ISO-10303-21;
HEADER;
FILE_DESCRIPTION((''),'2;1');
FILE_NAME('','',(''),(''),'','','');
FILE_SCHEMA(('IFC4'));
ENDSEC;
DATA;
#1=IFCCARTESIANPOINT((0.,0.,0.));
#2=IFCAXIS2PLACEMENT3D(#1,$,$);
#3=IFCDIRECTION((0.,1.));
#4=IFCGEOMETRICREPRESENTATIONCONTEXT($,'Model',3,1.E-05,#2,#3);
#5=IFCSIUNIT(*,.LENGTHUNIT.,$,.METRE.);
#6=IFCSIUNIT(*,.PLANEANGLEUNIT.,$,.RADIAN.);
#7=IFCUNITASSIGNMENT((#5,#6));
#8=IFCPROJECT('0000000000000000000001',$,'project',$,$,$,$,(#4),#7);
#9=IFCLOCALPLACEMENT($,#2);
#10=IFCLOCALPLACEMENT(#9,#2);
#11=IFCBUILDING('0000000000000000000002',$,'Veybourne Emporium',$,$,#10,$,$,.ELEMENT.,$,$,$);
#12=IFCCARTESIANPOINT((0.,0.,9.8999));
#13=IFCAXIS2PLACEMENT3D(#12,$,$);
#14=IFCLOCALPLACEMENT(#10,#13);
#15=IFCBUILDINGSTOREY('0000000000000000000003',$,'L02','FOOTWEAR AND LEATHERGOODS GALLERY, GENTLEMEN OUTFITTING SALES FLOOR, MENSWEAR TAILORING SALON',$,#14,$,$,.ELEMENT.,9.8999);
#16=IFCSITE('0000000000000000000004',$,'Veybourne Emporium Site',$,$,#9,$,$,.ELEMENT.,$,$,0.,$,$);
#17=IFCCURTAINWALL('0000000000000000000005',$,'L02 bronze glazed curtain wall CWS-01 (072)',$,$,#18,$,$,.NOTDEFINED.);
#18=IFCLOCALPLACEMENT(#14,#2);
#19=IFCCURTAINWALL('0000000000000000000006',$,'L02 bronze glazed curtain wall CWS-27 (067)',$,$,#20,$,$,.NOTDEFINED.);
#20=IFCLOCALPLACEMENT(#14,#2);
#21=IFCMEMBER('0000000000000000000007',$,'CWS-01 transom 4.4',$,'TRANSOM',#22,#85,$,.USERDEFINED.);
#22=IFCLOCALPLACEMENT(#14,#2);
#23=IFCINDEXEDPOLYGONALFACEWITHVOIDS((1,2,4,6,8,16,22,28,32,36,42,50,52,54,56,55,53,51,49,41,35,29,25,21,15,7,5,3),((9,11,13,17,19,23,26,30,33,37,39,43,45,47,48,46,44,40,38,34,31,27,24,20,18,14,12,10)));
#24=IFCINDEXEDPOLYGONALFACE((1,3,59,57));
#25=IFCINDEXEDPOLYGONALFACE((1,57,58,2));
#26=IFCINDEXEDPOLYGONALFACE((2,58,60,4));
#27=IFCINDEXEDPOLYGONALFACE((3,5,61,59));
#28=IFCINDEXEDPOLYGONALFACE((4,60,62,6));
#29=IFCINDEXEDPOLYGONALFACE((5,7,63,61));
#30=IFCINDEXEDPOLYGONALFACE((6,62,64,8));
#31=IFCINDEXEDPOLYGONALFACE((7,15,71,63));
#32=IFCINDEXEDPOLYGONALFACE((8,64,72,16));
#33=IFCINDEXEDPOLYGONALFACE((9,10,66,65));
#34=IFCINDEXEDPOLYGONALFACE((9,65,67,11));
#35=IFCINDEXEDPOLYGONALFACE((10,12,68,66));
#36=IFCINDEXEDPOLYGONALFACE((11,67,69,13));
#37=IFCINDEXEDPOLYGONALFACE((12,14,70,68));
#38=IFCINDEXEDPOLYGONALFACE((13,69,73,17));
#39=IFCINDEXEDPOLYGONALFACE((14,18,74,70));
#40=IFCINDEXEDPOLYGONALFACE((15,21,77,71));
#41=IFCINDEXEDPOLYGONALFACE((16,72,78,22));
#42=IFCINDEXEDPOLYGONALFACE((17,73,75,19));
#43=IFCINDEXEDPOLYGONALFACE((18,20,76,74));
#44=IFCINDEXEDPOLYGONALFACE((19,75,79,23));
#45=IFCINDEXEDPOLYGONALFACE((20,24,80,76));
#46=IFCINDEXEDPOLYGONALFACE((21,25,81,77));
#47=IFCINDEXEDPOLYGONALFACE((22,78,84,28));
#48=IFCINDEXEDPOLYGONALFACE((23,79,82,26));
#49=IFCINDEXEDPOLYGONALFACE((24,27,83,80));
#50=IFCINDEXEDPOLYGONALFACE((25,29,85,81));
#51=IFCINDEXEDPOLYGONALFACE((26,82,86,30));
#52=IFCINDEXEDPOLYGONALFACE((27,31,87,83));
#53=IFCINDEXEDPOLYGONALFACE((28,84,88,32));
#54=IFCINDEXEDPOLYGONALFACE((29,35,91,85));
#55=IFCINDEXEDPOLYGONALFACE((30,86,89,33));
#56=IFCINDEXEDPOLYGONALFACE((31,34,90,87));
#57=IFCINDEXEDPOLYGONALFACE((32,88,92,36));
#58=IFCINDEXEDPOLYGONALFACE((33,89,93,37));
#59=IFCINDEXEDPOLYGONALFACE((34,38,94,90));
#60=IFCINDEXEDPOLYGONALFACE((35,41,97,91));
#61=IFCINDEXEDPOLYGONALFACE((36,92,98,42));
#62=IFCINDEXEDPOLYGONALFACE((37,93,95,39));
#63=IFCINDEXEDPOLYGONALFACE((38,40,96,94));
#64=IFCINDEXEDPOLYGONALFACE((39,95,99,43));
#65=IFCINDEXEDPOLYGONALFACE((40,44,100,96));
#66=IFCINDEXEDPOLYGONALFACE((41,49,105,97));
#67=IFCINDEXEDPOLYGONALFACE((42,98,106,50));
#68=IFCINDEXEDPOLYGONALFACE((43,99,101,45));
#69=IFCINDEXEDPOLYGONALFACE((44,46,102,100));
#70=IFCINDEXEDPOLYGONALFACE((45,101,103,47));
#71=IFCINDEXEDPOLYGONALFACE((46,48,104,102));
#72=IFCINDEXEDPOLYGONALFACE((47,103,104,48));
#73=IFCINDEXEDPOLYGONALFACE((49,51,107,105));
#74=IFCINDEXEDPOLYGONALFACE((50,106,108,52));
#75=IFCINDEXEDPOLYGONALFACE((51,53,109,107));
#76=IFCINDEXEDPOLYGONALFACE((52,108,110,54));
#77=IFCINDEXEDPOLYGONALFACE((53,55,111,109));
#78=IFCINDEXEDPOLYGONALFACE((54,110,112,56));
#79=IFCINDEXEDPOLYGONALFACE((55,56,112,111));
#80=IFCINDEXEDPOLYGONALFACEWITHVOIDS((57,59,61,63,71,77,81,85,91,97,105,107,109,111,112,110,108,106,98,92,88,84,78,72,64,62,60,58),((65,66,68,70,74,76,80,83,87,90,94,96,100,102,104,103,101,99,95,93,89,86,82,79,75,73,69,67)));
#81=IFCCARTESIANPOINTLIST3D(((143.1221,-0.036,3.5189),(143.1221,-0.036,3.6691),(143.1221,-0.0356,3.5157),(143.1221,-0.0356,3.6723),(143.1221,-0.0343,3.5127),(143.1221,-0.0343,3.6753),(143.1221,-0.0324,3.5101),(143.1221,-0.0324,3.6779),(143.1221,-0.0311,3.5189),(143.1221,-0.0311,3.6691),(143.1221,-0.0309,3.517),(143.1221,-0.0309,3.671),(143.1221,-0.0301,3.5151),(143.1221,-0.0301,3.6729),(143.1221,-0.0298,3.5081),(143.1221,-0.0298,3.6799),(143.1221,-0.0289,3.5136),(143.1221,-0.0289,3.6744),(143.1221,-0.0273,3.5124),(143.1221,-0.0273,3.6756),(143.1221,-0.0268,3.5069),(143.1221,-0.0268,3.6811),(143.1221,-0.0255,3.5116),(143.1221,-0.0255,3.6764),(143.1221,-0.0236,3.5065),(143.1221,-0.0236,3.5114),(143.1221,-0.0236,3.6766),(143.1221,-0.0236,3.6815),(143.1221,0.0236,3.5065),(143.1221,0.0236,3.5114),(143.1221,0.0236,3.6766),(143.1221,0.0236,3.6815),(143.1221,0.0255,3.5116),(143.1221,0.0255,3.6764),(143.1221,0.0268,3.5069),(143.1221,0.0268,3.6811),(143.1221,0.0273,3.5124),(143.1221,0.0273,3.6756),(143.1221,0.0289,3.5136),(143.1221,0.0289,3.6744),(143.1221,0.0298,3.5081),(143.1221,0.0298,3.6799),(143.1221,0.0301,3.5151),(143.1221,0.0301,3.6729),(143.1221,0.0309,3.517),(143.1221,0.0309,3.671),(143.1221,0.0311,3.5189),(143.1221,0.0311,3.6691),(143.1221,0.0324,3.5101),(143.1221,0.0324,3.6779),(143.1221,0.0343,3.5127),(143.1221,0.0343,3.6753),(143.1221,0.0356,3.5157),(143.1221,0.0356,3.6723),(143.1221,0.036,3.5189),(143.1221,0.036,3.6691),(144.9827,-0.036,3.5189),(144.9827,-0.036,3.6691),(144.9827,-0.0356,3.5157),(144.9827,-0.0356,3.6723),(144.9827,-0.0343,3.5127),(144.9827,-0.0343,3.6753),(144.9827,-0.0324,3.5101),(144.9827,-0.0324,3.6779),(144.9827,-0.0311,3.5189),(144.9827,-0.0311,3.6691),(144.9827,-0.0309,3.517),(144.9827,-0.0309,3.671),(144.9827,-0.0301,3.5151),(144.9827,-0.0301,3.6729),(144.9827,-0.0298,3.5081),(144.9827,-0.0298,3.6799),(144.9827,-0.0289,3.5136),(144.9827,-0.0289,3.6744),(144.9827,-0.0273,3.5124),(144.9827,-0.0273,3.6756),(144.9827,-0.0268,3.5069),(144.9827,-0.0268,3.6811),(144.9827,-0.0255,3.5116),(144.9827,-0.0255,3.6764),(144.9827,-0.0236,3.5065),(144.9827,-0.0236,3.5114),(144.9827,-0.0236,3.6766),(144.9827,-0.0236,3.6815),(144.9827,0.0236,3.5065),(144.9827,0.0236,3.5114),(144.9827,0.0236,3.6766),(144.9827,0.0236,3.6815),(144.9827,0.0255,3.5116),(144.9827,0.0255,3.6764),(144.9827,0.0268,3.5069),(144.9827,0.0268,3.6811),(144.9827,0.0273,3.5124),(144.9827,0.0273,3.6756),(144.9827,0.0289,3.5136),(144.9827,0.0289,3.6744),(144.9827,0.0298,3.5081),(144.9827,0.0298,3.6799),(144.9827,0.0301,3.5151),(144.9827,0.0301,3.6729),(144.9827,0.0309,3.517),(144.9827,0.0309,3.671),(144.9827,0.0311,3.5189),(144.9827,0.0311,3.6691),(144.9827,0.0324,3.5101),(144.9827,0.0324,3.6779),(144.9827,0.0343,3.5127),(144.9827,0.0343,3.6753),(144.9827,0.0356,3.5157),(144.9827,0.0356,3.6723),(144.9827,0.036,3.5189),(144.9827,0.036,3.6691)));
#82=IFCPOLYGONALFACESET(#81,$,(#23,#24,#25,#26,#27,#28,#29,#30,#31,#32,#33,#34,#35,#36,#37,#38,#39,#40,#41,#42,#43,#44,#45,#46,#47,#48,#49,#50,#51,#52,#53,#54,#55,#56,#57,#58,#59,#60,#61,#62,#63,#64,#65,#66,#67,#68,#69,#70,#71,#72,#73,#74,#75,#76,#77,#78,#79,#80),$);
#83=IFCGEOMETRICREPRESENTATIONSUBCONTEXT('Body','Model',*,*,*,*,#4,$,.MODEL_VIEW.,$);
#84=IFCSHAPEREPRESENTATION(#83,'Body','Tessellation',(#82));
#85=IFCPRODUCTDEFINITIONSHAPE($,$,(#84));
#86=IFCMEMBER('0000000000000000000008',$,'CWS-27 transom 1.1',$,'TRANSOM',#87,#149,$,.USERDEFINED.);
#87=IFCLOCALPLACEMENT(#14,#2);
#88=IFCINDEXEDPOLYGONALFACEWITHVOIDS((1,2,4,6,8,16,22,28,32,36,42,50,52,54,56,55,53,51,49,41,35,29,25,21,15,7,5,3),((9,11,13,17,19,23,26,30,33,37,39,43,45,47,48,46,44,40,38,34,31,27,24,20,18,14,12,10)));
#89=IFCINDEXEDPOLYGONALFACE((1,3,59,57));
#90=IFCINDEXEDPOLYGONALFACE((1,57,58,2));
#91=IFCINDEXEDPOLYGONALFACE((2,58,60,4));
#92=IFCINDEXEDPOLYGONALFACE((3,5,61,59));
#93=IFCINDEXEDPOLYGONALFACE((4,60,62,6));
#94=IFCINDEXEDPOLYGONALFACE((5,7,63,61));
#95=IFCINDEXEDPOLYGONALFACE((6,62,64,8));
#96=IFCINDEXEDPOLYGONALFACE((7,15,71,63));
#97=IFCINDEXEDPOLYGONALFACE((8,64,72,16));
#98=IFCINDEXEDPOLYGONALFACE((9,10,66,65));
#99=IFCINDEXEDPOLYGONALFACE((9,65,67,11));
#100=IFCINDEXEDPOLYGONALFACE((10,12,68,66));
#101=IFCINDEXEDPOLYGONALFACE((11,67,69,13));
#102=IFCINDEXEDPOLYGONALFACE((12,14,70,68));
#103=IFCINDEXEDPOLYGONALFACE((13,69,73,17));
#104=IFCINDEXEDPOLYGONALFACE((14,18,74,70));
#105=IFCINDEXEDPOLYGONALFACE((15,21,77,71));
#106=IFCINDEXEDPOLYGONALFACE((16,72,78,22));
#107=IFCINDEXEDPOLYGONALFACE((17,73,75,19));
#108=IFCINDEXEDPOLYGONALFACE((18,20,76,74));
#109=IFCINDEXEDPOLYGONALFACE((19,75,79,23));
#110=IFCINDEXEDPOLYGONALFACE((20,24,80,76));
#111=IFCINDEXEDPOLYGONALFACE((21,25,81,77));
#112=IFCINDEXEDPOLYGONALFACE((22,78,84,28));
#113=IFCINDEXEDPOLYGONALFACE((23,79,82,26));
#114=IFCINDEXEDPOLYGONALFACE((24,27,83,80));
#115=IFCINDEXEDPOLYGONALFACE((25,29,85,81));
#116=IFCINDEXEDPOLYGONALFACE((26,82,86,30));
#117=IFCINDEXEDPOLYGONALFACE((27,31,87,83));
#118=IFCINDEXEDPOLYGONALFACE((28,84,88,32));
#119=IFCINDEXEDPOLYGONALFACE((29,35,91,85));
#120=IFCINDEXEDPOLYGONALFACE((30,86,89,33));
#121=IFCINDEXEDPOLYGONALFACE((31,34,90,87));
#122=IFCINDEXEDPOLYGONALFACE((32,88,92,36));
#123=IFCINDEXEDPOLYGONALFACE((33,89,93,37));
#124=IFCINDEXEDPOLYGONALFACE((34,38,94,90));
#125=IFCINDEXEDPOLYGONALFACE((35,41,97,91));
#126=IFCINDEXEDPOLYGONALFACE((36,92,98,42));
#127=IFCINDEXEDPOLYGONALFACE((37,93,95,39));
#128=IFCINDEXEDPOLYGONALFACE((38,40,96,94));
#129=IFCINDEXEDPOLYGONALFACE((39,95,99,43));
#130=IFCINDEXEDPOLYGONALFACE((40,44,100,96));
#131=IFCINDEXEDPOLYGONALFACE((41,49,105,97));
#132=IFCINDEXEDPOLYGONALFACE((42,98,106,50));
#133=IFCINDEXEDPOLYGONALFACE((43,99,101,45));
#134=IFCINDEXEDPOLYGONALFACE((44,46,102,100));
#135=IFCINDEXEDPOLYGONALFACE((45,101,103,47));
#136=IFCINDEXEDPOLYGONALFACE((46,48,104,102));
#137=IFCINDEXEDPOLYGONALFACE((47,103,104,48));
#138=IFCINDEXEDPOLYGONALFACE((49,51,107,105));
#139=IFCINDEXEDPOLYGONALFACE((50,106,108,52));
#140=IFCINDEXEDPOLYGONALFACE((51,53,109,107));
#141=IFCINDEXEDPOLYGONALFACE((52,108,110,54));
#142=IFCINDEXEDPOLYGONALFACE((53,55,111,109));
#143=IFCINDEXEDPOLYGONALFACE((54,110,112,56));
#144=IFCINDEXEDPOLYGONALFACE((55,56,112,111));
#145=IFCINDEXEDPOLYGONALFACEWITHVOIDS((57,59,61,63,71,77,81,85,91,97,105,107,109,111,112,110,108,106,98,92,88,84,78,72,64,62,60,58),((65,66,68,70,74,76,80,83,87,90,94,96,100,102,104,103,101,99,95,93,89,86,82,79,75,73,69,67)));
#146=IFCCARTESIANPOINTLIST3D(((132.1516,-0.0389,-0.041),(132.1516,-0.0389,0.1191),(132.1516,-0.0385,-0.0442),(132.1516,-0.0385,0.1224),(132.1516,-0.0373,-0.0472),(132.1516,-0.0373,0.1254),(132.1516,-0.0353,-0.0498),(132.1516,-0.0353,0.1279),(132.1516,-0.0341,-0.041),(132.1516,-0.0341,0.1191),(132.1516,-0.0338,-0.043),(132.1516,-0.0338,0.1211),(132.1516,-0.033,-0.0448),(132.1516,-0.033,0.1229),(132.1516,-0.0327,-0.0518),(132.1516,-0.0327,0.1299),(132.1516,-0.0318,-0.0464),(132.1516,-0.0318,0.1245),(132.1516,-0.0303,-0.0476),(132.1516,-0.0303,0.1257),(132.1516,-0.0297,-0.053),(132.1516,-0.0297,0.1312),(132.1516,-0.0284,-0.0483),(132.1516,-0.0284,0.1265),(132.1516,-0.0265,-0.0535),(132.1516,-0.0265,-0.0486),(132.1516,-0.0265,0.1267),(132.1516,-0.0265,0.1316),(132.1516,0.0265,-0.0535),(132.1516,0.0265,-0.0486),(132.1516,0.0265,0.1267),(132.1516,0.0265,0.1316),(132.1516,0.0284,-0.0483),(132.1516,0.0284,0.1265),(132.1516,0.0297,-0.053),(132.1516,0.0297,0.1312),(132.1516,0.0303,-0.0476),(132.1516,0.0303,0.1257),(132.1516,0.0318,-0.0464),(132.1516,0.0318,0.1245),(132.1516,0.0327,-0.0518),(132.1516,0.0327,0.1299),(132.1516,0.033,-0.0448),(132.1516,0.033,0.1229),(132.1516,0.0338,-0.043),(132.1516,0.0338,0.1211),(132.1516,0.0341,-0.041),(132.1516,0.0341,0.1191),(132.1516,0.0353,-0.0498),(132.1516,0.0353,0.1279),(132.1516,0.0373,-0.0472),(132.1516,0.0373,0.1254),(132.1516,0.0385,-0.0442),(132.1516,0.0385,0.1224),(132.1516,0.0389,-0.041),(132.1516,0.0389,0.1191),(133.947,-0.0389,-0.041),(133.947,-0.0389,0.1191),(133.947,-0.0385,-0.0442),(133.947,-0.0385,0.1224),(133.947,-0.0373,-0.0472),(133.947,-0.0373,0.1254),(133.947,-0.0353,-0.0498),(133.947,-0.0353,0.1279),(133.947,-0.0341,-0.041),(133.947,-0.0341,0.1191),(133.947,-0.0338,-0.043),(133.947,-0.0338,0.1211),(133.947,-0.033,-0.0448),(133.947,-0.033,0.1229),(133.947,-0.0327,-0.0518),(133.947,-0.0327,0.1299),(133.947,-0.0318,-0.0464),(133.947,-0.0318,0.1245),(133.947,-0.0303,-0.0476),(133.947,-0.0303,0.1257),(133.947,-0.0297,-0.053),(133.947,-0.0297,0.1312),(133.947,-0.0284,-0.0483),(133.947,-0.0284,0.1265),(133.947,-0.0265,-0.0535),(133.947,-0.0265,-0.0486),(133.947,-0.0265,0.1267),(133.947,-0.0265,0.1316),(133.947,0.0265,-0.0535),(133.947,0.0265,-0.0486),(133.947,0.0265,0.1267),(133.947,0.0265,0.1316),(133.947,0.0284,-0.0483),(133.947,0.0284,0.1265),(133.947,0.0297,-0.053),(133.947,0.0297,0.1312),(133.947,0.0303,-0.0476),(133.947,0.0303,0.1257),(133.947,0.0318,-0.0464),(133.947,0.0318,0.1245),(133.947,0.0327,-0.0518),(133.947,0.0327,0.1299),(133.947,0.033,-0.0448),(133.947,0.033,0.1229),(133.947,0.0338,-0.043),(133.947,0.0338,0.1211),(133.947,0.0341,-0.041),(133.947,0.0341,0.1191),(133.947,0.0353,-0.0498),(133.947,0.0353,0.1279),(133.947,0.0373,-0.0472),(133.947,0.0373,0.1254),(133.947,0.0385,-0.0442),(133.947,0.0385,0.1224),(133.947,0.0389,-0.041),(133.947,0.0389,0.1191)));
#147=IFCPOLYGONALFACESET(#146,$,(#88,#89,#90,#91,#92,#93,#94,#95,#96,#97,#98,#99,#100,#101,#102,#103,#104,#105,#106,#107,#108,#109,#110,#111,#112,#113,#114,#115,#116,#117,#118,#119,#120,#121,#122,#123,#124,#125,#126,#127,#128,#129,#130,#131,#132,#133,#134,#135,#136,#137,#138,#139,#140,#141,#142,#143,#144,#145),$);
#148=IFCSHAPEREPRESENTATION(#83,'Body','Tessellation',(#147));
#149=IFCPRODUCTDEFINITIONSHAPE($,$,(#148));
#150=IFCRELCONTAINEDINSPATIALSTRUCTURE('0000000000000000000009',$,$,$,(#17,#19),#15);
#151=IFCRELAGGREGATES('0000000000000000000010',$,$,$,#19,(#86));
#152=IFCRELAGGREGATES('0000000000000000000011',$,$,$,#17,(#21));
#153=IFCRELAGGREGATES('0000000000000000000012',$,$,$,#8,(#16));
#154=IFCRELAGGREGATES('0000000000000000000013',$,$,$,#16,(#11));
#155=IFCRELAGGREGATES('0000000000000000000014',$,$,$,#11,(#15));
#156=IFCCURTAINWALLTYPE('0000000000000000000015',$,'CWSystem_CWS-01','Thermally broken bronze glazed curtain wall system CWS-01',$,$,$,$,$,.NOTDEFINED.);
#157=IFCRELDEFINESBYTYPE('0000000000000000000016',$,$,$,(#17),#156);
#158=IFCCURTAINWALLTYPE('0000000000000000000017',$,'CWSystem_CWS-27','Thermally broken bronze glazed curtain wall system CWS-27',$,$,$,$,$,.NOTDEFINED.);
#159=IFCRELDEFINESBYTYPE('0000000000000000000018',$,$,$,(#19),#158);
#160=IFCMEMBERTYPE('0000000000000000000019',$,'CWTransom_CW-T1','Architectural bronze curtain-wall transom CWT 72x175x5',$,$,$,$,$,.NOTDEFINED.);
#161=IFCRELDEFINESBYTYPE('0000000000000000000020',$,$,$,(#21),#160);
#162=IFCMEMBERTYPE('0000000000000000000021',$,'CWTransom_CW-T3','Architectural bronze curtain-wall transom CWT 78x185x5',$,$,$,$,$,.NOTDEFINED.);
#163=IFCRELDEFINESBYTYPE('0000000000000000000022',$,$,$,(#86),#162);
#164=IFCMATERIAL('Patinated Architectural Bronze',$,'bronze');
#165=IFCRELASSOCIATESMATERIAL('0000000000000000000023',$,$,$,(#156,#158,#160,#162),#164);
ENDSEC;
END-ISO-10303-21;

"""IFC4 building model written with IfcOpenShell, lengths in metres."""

from ifc_helpers import new_model, si_unit, direction, frame, origin, origin_2d, place, context, subcontext, project, spatial, hollow_rectangle, extrude, material, material_profile, profile_set, type_object, element, aggregate, save


model = new_model("IFC4")

# Units and contexts
model_context = context("Model", 3, precision=1e-05, world=origin(), true_north=direction((0.0, 1.0)))
body_context = subcontext(model_context, "Body", "Model", "MODEL_VIEW")
ifc_project = project(units=[si_unit("LENGTHUNIT", "METRE"), si_unit("PLANEANGLEUNIT", "RADIAN")], contexts=[model_context])

# Site, building, storey
site_placement = place(None, origin())
site = spatial("IfcSite", under=ifc_project, at=site_placement, Name="Veybourne Emporium Site", CompositionType="ELEMENT", RefElevation=0.0)
building_placement = place(site_placement, origin())
building = spatial("IfcBuilding", under=site, at=building_placement, Name="Veybourne Emporium", CompositionType="ELEMENT")
storey_placement = place(building_placement, frame((0.0, 0.0, 9.8999)))
storey = spatial("IfcBuildingStorey", under=building, at=storey_placement, Name="L02", Description="FOOTWEAR AND LEATHERGOODS GALLERY, GENTLEMEN OUTFITTING SALES FLOOR, MENSWEAR TAILORING SALON", CompositionType="ELEMENT", Elevation=9.8999)

# Curtain wall
ifc_material_1 = material(Name="Patinated Architectural Bronze", Category="bronze")
curtain_wall_type_1 = type_object("IfcCurtainWallType", Name="CWSystem_CWS-01", Description="Thermally broken bronze glazed curtain wall system CWS-01", PredefinedType="NOTDEFINED", material=ifc_material_1)
curtain_wall_1_placement = place(storey_placement, origin())
curtain_wall_1 = element("IfcCurtainWall", 1, at=curtain_wall_1_placement, inside=storey, type_object=curtain_wall_type_1, Name="L02 bronze glazed curtain wall CWS-01 (072)", PredefinedType="NOTDEFINED")

# Curtain wall
curtain_wall_type_2 = type_object("IfcCurtainWallType", Name="CWSystem_CWS-27", Description="Thermally broken bronze glazed curtain wall system CWS-27", PredefinedType="NOTDEFINED", material=ifc_material_1)
curtain_wall_2_placement = place(storey_placement, origin())
curtain_wall_2 = element("IfcCurtainWall", 2, at=curtain_wall_2_placement, inside=storey, type_object=curtain_wall_type_2, Name="L02 bronze glazed curtain wall CWS-27 (067)", PredefinedType="NOTDEFINED")

# Members
ifc_material_profile_1 = material_profile(ifc_material_1, hollow_rectangle(XDim=0.072, YDim=0.175, WallThickness=0.0049, InnerFilletRadius=0.0076, OuterFilletRadius=0.0125, at=origin_2d()), Name="CWT 72x175x5")
ifc_profile_set_1 = profile_set([ifc_material_profile_1], Name="Patinated Architectural Bronze")
member_type_1 = type_object("IfcMemberType", Name="CWTransom_CW-T1", Description="Architectural bronze curtain-wall transom CWT 72x175x5", PredefinedType="NOTDEFINED", material=ifc_profile_set_1)
member_1_placement = place(storey_placement, frame((144.9827, 0.0, 3.594), z_axis=(-1.0, 0.0, 0.0), x_axis=(0.0, -1.0, 0.0)))
member_1 = element("IfcMember", 3, at=member_1_placement, type_object=member_type_1, Name="CWS-01 transom 4.4", ObjectType="TRANSOM", PredefinedType="USERDEFINED", context=body_context, shape_type="SweptSolid", body=[
    extrude(hollow_rectangle(XDim=0.072, YDim=0.175, WallThickness=0.0049, InnerFilletRadius=0.0076, OuterFilletRadius=0.0125, at=origin_2d()), origin(), (0.0, 0.0, 1.0), 1.8606),
])
ifc_material_profile_2 = material_profile(ifc_material_1, hollow_rectangle(XDim=0.0779, YDim=0.1851, WallThickness=0.0049, InnerFilletRadius=0.0076, OuterFilletRadius=0.0125, at=origin_2d()), Name="CWT 78x185x5")
ifc_profile_set_2 = profile_set([ifc_material_profile_2], Name="Patinated Architectural Bronze")
member_type_2 = type_object("IfcMemberType", Name="CWTransom_CW-T3", Description="Architectural bronze curtain-wall transom CWT 78x185x5", PredefinedType="NOTDEFINED", material=ifc_profile_set_2)
member_2_placement = place(storey_placement, frame((133.947, 0.0, 0.0391), z_axis=(-1.0, 0.0, 0.0), x_axis=(0.0, -1.0, 0.0)))
member_2 = element("IfcMember", 4, at=member_2_placement, type_object=member_type_2, Name="CWS-27 transom 1.1", ObjectType="TRANSOM", PredefinedType="USERDEFINED", context=body_context, shape_type="SweptSolid", body=[
    extrude(hollow_rectangle(XDim=0.0779, YDim=0.1851, WallThickness=0.0049, InnerFilletRadius=0.0076, OuterFilletRadius=0.0125, at=origin_2d()), origin(), (0.0, 0.0, 1.0), 1.7954),
])

aggregate(curtain_wall_2, [member_2])
aggregate(curtain_wall_1, [member_1])

save(model, "model.ifc")
